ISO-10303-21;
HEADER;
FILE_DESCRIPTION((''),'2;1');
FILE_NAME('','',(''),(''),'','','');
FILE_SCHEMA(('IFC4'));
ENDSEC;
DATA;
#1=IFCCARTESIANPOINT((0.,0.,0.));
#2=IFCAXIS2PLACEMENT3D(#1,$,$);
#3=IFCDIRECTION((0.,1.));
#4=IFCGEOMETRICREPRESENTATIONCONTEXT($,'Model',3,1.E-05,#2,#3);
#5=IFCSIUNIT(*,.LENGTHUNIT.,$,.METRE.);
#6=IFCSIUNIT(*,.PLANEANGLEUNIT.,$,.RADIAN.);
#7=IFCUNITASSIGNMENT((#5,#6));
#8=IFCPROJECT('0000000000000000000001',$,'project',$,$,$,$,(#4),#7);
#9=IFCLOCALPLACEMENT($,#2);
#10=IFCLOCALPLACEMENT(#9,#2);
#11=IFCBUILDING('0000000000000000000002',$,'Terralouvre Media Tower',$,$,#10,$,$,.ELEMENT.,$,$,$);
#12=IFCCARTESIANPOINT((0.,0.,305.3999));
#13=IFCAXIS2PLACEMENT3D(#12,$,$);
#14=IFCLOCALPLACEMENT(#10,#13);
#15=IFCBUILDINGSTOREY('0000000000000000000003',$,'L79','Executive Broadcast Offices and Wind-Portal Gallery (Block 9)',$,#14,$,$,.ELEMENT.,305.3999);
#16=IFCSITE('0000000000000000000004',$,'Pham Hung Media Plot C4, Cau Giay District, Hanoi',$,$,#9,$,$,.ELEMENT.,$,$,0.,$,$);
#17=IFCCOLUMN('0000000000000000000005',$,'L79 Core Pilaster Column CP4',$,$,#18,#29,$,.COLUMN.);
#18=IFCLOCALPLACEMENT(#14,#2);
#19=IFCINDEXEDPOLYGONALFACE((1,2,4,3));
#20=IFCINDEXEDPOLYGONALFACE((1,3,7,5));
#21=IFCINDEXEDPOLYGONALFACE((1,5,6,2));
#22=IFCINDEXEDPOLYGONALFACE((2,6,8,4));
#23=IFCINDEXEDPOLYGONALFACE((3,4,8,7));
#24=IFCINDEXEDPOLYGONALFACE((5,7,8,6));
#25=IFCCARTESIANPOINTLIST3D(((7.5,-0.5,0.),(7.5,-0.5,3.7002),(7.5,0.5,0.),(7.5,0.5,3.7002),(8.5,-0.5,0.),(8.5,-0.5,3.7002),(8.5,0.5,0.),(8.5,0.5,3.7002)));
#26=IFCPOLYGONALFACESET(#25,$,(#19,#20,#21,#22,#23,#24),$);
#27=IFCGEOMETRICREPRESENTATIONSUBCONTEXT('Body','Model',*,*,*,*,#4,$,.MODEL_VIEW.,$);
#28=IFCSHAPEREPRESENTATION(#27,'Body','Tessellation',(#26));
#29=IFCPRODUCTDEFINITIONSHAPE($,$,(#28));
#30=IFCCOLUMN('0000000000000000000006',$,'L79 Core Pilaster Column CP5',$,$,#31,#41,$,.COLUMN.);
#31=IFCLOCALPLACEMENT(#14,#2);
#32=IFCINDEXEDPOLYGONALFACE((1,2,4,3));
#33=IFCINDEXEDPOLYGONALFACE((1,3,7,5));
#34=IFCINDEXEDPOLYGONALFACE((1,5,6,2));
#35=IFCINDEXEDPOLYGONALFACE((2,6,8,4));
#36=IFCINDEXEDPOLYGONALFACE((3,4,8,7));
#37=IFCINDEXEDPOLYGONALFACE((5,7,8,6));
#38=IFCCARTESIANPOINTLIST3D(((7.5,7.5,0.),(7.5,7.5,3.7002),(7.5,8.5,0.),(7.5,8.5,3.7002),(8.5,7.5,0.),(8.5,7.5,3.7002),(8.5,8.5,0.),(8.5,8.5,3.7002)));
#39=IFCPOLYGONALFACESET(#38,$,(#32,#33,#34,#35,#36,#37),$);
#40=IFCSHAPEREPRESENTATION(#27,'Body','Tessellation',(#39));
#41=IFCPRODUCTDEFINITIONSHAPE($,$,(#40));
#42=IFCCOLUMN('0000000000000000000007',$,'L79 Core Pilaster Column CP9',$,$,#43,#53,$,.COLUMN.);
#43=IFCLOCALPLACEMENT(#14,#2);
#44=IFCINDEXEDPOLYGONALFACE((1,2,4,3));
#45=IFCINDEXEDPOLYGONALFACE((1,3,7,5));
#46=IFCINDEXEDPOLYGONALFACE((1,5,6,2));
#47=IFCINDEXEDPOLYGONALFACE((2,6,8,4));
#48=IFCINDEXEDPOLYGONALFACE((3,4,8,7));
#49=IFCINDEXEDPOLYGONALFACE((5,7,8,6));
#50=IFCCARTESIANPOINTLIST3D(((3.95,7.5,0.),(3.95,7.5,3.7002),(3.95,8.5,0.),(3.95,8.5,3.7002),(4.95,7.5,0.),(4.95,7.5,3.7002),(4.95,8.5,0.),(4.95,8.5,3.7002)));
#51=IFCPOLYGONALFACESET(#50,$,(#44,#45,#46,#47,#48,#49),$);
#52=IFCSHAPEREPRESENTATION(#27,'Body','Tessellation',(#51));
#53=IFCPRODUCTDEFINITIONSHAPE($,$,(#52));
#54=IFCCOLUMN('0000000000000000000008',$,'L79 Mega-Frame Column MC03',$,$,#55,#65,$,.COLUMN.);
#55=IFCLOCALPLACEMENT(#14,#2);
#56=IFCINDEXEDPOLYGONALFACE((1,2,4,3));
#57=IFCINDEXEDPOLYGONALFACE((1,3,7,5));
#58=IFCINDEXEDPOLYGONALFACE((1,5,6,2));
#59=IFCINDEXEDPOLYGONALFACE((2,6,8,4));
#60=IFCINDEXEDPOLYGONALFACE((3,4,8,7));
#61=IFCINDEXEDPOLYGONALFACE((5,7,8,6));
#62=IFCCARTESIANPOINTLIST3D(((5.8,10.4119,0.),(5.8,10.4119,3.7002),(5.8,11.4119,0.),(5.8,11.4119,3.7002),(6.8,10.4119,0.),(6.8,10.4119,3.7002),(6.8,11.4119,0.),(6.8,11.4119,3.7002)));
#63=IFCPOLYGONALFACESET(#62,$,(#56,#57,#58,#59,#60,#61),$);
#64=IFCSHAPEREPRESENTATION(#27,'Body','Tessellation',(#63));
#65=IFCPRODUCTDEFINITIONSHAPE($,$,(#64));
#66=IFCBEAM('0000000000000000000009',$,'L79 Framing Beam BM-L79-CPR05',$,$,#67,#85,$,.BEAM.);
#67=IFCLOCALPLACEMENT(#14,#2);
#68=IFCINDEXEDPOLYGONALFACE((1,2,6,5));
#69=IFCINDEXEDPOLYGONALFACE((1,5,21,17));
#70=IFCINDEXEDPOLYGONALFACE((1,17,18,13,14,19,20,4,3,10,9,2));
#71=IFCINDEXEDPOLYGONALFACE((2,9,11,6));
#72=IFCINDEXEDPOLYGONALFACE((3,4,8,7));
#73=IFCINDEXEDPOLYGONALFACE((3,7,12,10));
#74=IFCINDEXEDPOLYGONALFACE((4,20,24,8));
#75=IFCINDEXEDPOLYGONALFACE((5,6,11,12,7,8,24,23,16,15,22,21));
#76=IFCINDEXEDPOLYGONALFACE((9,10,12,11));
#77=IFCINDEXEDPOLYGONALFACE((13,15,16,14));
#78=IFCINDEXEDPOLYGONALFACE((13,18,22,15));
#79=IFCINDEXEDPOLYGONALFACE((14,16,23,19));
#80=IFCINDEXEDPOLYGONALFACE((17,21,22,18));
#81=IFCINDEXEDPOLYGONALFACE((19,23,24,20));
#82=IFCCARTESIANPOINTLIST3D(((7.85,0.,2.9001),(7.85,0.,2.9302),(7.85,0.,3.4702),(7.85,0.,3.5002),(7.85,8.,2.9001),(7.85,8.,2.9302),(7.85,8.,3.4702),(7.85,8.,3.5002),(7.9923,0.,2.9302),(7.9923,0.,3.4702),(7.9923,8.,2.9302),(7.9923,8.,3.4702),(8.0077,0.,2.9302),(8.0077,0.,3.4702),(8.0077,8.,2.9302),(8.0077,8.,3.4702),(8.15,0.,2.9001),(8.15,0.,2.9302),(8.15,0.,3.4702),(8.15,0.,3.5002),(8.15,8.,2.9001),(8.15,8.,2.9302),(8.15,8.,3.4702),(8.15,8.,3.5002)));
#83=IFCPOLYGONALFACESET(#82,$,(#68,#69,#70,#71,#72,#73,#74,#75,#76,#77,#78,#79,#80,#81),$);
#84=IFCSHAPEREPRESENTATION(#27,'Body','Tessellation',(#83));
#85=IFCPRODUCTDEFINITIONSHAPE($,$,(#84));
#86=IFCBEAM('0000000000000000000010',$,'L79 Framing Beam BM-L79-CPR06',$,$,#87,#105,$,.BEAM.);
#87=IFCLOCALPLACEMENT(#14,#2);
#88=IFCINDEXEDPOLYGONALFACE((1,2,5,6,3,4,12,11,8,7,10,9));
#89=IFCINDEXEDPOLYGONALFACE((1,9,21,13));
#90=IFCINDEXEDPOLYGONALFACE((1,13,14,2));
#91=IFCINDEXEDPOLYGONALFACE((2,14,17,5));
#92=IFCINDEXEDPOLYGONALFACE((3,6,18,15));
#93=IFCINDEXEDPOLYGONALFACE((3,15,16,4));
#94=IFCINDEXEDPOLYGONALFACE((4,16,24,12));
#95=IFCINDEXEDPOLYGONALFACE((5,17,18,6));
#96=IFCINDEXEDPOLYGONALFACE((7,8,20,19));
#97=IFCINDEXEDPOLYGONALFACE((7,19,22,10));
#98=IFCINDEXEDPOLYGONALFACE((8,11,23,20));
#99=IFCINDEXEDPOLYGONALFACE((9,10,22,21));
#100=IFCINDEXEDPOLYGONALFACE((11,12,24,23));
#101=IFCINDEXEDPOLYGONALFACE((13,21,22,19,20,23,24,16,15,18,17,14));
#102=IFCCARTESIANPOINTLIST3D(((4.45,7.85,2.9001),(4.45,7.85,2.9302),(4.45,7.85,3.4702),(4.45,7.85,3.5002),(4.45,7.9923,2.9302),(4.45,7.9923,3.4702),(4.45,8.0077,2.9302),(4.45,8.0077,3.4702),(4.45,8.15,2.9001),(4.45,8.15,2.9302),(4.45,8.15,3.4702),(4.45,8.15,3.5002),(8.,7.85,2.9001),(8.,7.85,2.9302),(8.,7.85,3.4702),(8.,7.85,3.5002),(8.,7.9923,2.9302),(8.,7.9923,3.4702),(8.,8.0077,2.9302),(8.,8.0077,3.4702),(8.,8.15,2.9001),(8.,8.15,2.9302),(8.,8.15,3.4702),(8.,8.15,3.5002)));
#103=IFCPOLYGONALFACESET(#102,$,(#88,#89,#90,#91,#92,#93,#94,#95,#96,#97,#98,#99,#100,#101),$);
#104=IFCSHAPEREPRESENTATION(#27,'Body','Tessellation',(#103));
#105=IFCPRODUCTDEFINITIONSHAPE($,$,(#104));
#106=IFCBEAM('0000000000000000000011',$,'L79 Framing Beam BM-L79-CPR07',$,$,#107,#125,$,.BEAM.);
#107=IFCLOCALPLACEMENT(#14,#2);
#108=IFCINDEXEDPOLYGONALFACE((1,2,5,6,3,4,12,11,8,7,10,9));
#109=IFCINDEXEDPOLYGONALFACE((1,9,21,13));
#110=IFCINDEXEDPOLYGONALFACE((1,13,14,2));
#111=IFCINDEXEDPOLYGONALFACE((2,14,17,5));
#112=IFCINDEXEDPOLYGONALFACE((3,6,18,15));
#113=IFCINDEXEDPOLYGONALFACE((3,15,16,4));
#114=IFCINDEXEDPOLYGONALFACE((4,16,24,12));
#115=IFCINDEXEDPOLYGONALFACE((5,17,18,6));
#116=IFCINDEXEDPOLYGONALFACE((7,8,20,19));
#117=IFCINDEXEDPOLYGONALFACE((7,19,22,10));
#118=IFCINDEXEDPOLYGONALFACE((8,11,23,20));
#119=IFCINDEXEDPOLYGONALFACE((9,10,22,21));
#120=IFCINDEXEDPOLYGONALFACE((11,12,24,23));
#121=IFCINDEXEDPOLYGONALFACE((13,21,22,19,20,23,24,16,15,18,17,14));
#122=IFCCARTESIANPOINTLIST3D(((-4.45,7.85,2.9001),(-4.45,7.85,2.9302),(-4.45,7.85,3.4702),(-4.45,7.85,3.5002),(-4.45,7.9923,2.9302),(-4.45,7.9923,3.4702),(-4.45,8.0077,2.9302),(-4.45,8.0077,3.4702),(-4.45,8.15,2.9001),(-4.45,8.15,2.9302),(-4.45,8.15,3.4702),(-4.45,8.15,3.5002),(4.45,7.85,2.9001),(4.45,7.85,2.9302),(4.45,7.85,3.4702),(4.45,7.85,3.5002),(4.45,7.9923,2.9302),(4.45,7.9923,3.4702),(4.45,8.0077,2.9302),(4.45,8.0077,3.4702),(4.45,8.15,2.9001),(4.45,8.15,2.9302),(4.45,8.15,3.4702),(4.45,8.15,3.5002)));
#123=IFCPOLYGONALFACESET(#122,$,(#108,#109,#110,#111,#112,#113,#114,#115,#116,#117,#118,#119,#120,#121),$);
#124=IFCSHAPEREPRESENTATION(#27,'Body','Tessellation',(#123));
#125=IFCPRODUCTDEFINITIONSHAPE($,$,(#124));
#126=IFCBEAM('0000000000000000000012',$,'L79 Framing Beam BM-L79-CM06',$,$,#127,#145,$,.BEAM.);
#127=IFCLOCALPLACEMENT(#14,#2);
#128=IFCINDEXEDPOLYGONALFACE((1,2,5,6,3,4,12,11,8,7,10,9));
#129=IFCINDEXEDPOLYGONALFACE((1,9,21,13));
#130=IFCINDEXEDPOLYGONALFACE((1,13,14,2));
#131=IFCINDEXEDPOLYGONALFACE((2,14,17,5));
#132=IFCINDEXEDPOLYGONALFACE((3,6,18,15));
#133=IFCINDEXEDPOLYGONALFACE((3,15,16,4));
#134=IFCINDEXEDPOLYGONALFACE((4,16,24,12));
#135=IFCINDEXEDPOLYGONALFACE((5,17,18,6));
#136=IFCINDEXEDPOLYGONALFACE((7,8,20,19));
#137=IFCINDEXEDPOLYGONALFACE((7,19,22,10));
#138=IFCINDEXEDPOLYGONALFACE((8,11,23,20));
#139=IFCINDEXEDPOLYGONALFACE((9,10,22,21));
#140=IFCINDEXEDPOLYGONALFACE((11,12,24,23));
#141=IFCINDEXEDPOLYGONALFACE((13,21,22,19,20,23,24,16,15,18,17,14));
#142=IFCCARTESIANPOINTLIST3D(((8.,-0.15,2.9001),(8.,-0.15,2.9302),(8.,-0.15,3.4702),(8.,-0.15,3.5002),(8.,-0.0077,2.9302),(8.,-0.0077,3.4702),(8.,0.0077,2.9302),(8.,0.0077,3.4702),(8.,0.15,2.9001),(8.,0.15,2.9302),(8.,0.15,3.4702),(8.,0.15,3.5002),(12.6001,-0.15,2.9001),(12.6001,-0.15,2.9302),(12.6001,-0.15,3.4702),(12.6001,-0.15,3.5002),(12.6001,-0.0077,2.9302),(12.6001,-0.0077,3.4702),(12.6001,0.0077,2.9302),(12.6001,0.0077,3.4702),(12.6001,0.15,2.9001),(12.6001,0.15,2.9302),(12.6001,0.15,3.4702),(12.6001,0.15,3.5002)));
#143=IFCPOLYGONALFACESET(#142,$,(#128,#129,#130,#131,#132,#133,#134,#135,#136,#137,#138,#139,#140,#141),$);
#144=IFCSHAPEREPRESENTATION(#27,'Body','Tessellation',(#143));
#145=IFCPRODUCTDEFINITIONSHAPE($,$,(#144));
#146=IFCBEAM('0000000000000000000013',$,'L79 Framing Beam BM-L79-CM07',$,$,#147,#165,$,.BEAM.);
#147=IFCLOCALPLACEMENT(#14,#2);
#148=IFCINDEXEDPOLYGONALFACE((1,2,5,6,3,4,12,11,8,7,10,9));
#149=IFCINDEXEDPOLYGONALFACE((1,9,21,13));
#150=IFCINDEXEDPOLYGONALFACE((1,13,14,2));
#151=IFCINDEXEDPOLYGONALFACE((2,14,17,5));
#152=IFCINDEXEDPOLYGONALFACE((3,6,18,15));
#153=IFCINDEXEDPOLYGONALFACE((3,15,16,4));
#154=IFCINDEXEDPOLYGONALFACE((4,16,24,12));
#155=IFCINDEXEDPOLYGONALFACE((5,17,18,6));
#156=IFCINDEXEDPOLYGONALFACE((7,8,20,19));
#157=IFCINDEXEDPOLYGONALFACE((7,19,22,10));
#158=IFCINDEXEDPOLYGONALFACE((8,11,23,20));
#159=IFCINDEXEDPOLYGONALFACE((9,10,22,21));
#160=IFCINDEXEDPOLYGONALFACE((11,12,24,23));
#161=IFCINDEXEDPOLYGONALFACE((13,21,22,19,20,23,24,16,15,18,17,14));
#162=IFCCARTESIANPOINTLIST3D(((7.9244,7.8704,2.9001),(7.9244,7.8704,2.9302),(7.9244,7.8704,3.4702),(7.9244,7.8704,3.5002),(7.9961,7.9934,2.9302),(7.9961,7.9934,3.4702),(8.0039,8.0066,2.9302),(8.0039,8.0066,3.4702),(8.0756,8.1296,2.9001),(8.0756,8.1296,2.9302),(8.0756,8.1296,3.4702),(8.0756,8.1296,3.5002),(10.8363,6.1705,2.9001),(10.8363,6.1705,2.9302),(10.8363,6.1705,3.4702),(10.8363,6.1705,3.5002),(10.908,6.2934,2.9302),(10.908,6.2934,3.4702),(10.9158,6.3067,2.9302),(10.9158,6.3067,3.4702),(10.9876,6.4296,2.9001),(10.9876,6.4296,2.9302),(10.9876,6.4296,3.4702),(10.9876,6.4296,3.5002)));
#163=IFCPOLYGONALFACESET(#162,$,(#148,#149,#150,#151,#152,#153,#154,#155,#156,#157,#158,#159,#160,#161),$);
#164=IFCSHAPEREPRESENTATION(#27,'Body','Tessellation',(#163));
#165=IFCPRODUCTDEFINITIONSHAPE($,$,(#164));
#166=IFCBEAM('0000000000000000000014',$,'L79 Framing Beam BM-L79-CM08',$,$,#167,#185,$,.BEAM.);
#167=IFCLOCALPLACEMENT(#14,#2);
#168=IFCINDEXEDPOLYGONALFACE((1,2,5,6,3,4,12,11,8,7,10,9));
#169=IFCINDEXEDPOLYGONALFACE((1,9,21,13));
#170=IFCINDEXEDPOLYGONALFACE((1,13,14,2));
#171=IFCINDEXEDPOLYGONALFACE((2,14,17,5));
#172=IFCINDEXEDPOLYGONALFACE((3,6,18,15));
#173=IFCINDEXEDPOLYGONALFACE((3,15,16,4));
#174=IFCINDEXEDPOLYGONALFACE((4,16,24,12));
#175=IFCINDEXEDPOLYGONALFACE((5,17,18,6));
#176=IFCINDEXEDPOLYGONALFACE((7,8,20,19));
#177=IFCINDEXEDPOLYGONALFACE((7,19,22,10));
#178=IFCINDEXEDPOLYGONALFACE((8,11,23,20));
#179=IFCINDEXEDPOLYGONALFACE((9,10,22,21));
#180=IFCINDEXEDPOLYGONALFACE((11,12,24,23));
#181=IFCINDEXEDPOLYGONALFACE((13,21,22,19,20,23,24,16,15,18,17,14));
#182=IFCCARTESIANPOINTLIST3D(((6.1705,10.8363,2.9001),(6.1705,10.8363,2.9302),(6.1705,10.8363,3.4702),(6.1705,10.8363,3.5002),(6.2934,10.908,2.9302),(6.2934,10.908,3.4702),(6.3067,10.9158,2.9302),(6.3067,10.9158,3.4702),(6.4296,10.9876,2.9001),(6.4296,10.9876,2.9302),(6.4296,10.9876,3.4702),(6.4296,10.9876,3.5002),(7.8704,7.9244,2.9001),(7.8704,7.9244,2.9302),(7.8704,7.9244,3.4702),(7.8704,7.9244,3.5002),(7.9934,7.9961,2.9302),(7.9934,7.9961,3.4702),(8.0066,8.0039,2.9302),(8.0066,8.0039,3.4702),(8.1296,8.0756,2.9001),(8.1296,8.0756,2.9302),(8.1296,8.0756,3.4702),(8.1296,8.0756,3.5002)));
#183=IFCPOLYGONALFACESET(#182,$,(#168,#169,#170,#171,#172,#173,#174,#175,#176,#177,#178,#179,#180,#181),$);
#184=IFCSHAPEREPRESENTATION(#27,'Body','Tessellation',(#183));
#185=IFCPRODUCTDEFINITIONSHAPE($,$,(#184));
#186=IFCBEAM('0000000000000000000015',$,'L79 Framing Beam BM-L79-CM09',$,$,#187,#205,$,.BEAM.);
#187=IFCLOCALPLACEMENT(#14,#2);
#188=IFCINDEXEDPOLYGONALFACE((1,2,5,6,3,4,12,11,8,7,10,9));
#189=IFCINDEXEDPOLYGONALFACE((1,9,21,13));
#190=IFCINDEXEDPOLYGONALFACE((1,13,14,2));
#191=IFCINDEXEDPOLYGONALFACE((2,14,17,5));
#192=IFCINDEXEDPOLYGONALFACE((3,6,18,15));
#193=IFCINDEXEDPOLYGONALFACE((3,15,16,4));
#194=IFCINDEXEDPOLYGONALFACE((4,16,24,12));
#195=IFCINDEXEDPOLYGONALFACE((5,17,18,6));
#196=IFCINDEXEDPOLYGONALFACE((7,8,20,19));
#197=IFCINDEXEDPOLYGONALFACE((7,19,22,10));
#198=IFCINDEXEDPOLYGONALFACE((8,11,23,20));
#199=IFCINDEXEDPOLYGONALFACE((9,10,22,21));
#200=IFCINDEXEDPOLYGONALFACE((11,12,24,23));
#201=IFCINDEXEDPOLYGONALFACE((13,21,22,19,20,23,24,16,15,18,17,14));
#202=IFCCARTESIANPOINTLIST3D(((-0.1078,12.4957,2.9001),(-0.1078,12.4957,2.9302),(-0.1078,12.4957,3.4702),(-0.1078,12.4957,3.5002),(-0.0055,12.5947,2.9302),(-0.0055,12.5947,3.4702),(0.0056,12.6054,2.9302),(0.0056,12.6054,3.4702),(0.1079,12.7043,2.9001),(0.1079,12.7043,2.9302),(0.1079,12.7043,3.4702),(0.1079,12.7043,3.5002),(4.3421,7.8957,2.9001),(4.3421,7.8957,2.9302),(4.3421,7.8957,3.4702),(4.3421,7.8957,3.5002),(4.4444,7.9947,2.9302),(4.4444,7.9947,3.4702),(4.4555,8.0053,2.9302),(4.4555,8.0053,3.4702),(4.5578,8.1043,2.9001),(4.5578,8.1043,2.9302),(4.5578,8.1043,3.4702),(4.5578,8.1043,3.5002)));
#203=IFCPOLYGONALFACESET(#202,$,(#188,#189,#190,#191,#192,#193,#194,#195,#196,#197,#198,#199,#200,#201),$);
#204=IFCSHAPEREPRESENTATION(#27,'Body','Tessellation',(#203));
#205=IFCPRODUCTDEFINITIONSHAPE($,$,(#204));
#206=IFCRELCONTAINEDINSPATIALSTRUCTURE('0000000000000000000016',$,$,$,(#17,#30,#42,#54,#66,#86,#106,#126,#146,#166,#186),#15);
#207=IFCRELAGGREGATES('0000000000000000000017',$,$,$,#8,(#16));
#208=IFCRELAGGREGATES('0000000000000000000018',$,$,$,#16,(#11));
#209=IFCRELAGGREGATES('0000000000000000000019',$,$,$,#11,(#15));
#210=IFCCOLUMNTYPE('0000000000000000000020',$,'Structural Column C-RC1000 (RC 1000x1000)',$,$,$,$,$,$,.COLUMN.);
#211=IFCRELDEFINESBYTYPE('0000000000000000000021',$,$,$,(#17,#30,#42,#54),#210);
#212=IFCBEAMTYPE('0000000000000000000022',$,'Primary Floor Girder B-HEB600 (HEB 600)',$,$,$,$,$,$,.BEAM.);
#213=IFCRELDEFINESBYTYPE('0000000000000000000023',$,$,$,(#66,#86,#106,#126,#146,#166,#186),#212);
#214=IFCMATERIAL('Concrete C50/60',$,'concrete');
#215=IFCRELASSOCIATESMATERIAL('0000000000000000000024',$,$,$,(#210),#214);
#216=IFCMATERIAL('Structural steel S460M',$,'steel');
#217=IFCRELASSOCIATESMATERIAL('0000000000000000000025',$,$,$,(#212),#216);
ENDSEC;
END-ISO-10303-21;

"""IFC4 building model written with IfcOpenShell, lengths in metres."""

from ifc_helpers import new_model, si_unit, direction, frame, origin, origin_2d, place, context, subcontext, project, spatial, rectangle, i_section, extrude, material, material_profile, profile_set, type_object, element, save


model = new_model("IFC4")

# Units and contexts
model_context = context("Model", 3, precision=1e-05, world=origin(), true_north=direction((0.0, 1.0)))
body_context = subcontext(model_context, "Body", "Model", "MODEL_VIEW")
ifc_project = project(units=[si_unit("LENGTHUNIT", "METRE"), si_unit("PLANEANGLEUNIT", "RADIAN")], contexts=[model_context])

# Site, building, storey
site_placement = place(None, origin())
site = spatial("IfcSite", under=ifc_project, at=site_placement, Name="Pham Hung Media Plot C4, Cau Giay District, Hanoi", CompositionType="ELEMENT", RefElevation=0.0)
building_placement = place(site_placement, origin())
building = spatial("IfcBuilding", under=site, at=building_placement, Name="Terralouvre Media Tower", CompositionType="ELEMENT")
storey_placement = place(building_placement, frame((0.0, 0.0, 305.3999)))
storey = spatial("IfcBuildingStorey", under=building, at=storey_placement, Name="L79", Description="Executive Broadcast Offices and Wind-Portal Gallery (Block 9)", CompositionType="ELEMENT", Elevation=305.3999)

# Columns
ifc_material_1 = material(Name="Concrete C50/60", Category="concrete")
ifc_material_profile_1 = material_profile(ifc_material_1, rectangle(XDim=1.0, YDim=1.0, at=origin_2d()), Name="RC 1000x1000")
ifc_profile_set_1 = profile_set([ifc_material_profile_1], Name="Concrete C50/60")
column_type = type_object("IfcColumnType", Name="Structural Column C-RC1000 (RC 1000x1000)", PredefinedType="COLUMN", material=ifc_profile_set_1)
for number, where, z_axis, x_axis, name in (
    (1, (8.0, 0.0, 0.0), (0.0, 0.0, 1.0), (1.0, 0.0, 0.0), "L79 Core Pilaster Column CP4"),
    (2, (8.0, 8.0, 0.0), (0.0, 0.0, 1.0), (1.0, 0.0, 0.0), "L79 Core Pilaster Column CP5"),
    (3, (4.45, 8.0, 0.0), (0.0, 0.0, 1.0), (1.0, 0.0, 0.0), "L79 Core Pilaster Column CP9"),
    (4, (6.3, 10.9119, 0.0), (0.0, 0.0, 1.0), (1.0, 0.0, 0.0), "L79 Mega-Frame Column MC03"),
):
    element("IfcColumn", number, at=place(storey_placement, frame(where, z_axis=z_axis, x_axis=x_axis)), inside=storey, type_object=column_type, Name=name, PredefinedType="COLUMN", context=body_context, shape_type="SweptSolid", body=[
        extrude(rectangle(XDim=1.0, YDim=1.0, at=origin_2d()), origin(), (0.0, 0.0, 1.0), 3.7002),
    ])

# Beams
ifc_material_2 = material(Name="Structural steel S460M", Category="steel")
ifc_material_profile_2 = material_profile(ifc_material_2, i_section(OverallWidth=0.3, OverallDepth=0.6001, WebThickness=0.0154, FlangeThickness=0.03, at=origin_2d()), Name="HEB 600")
ifc_profile_set_2 = profile_set([ifc_material_profile_2], Name="Structural steel S460M")
beam_type = type_object("IfcBeamType", Name="Primary Floor Girder B-HEB600 (HEB 600)", PredefinedType="BEAM", material=ifc_profile_set_2)
beam_1_placement = place(storey_placement, frame((8.0, 0.0, 3.2002), z_axis=(0.0, 1.0, 0.0), x_axis=(-1.0, 0.0, 0.0)))
element("IfcBeam", 5, at=beam_1_placement, inside=storey, type_object=beam_type, Name="L79 Framing Beam BM-L79-CPR05", PredefinedType="BEAM", context=body_context, shape_type="SweptSolid", body=[
    extrude(i_section(OverallWidth=0.3, OverallDepth=0.6001, WebThickness=0.0154, FlangeThickness=0.03, at=origin_2d()), origin(), (0.0, 0.0, 1.0), 8.0),
])
beam_2_placement = place(storey_placement, frame((8.0, 8.0, 3.2002), z_axis=(-1.0, 0.0, 0.0), x_axis=(0.0, -1.0, 0.0)))
element("IfcBeam", 6, at=beam_2_placement, inside=storey, type_object=beam_type, Name="L79 Framing Beam BM-L79-CPR06", PredefinedType="BEAM", context=body_context, shape_type="SweptSolid", body=[
    extrude(i_section(OverallWidth=0.3, OverallDepth=0.6001, WebThickness=0.0154, FlangeThickness=0.03, at=origin_2d()), origin(), (0.0, 0.0, 1.0), 3.55),
])
beam_3_placement = place(storey_placement, frame((4.45, 8.0, 3.2002), z_axis=(-1.0, 0.0, 0.0), x_axis=(0.0, -1.0, 0.0)))
element("IfcBeam", 7, at=beam_3_placement, inside=storey, type_object=beam_type, Name="L79 Framing Beam BM-L79-CPR07", PredefinedType="BEAM", context=body_context, shape_type="SweptSolid", body=[
    extrude(i_section(OverallWidth=0.3, OverallDepth=0.6001, WebThickness=0.0154, FlangeThickness=0.03, at=origin_2d()), origin(), (0.0, 0.0, 1.0), 8.8999),
])
beam_4_placement = place(storey_placement, frame((8.0, 0.0, 3.2002), z_axis=(1.0, 0.0, 0.0), x_axis=(0.0, 1.0, 0.0)))
element("IfcBeam", 8, at=beam_4_placement, inside=storey, type_object=beam_type, Name="L79 Framing Beam BM-L79-CM06", PredefinedType="BEAM", context=body_context, shape_type="SweptSolid", body=[
    extrude(i_section(OverallWidth=0.3, OverallDepth=0.6001, WebThickness=0.0154, FlangeThickness=0.03, at=origin_2d()), origin(), (0.0, 0.0, 1.0), 4.6001),
])
for number, where, z_axis, x_axis, name in (
    (9, (8.0, 8.0, 3.2002), (0.863603, -0.504173, 0.0), (0.504173, 0.863603, 0.0), "L79 Framing Beam BM-L79-CM07"),
    (10, (8.0, 8.0, 3.2002), (-0.504173, 0.863603, 0.0), (-0.863603, -0.504173, 0.0), "L79 Framing Beam BM-L79-CM08"),
):
    element("IfcBeam", number, at=place(storey_placement, frame(where, z_axis=z_axis, x_axis=x_axis)), inside=storey, type_object=beam_type, Name=name, PredefinedType="BEAM", context=body_context, shape_type="SweptSolid", body=[
        extrude(i_section(OverallWidth=0.3, OverallDepth=0.6001, WebThickness=0.0154, FlangeThickness=0.03, at=origin_2d()), origin(), (0.0, 0.0, 1.0), 3.3718),
    ])
beam_5_placement = place(storey_placement, frame((4.45, 8.0, 3.2002), z_axis=(-0.69528, 0.718739, 0.0), x_axis=(-0.718739, -0.69528, 0.0)))
element("IfcBeam", 11, at=beam_5_placement, inside=storey, type_object=beam_type, Name="L79 Framing Beam BM-L79-CM09", PredefinedType="BEAM", context=body_context, shape_type="SweptSolid", body=[
    extrude(i_section(OverallWidth=0.3, OverallDepth=0.6001, WebThickness=0.0154, FlangeThickness=0.03, at=origin_2d()), origin(), (0.0, 0.0, 1.0), 6.4001),
])

save(model, "model.ifc")
